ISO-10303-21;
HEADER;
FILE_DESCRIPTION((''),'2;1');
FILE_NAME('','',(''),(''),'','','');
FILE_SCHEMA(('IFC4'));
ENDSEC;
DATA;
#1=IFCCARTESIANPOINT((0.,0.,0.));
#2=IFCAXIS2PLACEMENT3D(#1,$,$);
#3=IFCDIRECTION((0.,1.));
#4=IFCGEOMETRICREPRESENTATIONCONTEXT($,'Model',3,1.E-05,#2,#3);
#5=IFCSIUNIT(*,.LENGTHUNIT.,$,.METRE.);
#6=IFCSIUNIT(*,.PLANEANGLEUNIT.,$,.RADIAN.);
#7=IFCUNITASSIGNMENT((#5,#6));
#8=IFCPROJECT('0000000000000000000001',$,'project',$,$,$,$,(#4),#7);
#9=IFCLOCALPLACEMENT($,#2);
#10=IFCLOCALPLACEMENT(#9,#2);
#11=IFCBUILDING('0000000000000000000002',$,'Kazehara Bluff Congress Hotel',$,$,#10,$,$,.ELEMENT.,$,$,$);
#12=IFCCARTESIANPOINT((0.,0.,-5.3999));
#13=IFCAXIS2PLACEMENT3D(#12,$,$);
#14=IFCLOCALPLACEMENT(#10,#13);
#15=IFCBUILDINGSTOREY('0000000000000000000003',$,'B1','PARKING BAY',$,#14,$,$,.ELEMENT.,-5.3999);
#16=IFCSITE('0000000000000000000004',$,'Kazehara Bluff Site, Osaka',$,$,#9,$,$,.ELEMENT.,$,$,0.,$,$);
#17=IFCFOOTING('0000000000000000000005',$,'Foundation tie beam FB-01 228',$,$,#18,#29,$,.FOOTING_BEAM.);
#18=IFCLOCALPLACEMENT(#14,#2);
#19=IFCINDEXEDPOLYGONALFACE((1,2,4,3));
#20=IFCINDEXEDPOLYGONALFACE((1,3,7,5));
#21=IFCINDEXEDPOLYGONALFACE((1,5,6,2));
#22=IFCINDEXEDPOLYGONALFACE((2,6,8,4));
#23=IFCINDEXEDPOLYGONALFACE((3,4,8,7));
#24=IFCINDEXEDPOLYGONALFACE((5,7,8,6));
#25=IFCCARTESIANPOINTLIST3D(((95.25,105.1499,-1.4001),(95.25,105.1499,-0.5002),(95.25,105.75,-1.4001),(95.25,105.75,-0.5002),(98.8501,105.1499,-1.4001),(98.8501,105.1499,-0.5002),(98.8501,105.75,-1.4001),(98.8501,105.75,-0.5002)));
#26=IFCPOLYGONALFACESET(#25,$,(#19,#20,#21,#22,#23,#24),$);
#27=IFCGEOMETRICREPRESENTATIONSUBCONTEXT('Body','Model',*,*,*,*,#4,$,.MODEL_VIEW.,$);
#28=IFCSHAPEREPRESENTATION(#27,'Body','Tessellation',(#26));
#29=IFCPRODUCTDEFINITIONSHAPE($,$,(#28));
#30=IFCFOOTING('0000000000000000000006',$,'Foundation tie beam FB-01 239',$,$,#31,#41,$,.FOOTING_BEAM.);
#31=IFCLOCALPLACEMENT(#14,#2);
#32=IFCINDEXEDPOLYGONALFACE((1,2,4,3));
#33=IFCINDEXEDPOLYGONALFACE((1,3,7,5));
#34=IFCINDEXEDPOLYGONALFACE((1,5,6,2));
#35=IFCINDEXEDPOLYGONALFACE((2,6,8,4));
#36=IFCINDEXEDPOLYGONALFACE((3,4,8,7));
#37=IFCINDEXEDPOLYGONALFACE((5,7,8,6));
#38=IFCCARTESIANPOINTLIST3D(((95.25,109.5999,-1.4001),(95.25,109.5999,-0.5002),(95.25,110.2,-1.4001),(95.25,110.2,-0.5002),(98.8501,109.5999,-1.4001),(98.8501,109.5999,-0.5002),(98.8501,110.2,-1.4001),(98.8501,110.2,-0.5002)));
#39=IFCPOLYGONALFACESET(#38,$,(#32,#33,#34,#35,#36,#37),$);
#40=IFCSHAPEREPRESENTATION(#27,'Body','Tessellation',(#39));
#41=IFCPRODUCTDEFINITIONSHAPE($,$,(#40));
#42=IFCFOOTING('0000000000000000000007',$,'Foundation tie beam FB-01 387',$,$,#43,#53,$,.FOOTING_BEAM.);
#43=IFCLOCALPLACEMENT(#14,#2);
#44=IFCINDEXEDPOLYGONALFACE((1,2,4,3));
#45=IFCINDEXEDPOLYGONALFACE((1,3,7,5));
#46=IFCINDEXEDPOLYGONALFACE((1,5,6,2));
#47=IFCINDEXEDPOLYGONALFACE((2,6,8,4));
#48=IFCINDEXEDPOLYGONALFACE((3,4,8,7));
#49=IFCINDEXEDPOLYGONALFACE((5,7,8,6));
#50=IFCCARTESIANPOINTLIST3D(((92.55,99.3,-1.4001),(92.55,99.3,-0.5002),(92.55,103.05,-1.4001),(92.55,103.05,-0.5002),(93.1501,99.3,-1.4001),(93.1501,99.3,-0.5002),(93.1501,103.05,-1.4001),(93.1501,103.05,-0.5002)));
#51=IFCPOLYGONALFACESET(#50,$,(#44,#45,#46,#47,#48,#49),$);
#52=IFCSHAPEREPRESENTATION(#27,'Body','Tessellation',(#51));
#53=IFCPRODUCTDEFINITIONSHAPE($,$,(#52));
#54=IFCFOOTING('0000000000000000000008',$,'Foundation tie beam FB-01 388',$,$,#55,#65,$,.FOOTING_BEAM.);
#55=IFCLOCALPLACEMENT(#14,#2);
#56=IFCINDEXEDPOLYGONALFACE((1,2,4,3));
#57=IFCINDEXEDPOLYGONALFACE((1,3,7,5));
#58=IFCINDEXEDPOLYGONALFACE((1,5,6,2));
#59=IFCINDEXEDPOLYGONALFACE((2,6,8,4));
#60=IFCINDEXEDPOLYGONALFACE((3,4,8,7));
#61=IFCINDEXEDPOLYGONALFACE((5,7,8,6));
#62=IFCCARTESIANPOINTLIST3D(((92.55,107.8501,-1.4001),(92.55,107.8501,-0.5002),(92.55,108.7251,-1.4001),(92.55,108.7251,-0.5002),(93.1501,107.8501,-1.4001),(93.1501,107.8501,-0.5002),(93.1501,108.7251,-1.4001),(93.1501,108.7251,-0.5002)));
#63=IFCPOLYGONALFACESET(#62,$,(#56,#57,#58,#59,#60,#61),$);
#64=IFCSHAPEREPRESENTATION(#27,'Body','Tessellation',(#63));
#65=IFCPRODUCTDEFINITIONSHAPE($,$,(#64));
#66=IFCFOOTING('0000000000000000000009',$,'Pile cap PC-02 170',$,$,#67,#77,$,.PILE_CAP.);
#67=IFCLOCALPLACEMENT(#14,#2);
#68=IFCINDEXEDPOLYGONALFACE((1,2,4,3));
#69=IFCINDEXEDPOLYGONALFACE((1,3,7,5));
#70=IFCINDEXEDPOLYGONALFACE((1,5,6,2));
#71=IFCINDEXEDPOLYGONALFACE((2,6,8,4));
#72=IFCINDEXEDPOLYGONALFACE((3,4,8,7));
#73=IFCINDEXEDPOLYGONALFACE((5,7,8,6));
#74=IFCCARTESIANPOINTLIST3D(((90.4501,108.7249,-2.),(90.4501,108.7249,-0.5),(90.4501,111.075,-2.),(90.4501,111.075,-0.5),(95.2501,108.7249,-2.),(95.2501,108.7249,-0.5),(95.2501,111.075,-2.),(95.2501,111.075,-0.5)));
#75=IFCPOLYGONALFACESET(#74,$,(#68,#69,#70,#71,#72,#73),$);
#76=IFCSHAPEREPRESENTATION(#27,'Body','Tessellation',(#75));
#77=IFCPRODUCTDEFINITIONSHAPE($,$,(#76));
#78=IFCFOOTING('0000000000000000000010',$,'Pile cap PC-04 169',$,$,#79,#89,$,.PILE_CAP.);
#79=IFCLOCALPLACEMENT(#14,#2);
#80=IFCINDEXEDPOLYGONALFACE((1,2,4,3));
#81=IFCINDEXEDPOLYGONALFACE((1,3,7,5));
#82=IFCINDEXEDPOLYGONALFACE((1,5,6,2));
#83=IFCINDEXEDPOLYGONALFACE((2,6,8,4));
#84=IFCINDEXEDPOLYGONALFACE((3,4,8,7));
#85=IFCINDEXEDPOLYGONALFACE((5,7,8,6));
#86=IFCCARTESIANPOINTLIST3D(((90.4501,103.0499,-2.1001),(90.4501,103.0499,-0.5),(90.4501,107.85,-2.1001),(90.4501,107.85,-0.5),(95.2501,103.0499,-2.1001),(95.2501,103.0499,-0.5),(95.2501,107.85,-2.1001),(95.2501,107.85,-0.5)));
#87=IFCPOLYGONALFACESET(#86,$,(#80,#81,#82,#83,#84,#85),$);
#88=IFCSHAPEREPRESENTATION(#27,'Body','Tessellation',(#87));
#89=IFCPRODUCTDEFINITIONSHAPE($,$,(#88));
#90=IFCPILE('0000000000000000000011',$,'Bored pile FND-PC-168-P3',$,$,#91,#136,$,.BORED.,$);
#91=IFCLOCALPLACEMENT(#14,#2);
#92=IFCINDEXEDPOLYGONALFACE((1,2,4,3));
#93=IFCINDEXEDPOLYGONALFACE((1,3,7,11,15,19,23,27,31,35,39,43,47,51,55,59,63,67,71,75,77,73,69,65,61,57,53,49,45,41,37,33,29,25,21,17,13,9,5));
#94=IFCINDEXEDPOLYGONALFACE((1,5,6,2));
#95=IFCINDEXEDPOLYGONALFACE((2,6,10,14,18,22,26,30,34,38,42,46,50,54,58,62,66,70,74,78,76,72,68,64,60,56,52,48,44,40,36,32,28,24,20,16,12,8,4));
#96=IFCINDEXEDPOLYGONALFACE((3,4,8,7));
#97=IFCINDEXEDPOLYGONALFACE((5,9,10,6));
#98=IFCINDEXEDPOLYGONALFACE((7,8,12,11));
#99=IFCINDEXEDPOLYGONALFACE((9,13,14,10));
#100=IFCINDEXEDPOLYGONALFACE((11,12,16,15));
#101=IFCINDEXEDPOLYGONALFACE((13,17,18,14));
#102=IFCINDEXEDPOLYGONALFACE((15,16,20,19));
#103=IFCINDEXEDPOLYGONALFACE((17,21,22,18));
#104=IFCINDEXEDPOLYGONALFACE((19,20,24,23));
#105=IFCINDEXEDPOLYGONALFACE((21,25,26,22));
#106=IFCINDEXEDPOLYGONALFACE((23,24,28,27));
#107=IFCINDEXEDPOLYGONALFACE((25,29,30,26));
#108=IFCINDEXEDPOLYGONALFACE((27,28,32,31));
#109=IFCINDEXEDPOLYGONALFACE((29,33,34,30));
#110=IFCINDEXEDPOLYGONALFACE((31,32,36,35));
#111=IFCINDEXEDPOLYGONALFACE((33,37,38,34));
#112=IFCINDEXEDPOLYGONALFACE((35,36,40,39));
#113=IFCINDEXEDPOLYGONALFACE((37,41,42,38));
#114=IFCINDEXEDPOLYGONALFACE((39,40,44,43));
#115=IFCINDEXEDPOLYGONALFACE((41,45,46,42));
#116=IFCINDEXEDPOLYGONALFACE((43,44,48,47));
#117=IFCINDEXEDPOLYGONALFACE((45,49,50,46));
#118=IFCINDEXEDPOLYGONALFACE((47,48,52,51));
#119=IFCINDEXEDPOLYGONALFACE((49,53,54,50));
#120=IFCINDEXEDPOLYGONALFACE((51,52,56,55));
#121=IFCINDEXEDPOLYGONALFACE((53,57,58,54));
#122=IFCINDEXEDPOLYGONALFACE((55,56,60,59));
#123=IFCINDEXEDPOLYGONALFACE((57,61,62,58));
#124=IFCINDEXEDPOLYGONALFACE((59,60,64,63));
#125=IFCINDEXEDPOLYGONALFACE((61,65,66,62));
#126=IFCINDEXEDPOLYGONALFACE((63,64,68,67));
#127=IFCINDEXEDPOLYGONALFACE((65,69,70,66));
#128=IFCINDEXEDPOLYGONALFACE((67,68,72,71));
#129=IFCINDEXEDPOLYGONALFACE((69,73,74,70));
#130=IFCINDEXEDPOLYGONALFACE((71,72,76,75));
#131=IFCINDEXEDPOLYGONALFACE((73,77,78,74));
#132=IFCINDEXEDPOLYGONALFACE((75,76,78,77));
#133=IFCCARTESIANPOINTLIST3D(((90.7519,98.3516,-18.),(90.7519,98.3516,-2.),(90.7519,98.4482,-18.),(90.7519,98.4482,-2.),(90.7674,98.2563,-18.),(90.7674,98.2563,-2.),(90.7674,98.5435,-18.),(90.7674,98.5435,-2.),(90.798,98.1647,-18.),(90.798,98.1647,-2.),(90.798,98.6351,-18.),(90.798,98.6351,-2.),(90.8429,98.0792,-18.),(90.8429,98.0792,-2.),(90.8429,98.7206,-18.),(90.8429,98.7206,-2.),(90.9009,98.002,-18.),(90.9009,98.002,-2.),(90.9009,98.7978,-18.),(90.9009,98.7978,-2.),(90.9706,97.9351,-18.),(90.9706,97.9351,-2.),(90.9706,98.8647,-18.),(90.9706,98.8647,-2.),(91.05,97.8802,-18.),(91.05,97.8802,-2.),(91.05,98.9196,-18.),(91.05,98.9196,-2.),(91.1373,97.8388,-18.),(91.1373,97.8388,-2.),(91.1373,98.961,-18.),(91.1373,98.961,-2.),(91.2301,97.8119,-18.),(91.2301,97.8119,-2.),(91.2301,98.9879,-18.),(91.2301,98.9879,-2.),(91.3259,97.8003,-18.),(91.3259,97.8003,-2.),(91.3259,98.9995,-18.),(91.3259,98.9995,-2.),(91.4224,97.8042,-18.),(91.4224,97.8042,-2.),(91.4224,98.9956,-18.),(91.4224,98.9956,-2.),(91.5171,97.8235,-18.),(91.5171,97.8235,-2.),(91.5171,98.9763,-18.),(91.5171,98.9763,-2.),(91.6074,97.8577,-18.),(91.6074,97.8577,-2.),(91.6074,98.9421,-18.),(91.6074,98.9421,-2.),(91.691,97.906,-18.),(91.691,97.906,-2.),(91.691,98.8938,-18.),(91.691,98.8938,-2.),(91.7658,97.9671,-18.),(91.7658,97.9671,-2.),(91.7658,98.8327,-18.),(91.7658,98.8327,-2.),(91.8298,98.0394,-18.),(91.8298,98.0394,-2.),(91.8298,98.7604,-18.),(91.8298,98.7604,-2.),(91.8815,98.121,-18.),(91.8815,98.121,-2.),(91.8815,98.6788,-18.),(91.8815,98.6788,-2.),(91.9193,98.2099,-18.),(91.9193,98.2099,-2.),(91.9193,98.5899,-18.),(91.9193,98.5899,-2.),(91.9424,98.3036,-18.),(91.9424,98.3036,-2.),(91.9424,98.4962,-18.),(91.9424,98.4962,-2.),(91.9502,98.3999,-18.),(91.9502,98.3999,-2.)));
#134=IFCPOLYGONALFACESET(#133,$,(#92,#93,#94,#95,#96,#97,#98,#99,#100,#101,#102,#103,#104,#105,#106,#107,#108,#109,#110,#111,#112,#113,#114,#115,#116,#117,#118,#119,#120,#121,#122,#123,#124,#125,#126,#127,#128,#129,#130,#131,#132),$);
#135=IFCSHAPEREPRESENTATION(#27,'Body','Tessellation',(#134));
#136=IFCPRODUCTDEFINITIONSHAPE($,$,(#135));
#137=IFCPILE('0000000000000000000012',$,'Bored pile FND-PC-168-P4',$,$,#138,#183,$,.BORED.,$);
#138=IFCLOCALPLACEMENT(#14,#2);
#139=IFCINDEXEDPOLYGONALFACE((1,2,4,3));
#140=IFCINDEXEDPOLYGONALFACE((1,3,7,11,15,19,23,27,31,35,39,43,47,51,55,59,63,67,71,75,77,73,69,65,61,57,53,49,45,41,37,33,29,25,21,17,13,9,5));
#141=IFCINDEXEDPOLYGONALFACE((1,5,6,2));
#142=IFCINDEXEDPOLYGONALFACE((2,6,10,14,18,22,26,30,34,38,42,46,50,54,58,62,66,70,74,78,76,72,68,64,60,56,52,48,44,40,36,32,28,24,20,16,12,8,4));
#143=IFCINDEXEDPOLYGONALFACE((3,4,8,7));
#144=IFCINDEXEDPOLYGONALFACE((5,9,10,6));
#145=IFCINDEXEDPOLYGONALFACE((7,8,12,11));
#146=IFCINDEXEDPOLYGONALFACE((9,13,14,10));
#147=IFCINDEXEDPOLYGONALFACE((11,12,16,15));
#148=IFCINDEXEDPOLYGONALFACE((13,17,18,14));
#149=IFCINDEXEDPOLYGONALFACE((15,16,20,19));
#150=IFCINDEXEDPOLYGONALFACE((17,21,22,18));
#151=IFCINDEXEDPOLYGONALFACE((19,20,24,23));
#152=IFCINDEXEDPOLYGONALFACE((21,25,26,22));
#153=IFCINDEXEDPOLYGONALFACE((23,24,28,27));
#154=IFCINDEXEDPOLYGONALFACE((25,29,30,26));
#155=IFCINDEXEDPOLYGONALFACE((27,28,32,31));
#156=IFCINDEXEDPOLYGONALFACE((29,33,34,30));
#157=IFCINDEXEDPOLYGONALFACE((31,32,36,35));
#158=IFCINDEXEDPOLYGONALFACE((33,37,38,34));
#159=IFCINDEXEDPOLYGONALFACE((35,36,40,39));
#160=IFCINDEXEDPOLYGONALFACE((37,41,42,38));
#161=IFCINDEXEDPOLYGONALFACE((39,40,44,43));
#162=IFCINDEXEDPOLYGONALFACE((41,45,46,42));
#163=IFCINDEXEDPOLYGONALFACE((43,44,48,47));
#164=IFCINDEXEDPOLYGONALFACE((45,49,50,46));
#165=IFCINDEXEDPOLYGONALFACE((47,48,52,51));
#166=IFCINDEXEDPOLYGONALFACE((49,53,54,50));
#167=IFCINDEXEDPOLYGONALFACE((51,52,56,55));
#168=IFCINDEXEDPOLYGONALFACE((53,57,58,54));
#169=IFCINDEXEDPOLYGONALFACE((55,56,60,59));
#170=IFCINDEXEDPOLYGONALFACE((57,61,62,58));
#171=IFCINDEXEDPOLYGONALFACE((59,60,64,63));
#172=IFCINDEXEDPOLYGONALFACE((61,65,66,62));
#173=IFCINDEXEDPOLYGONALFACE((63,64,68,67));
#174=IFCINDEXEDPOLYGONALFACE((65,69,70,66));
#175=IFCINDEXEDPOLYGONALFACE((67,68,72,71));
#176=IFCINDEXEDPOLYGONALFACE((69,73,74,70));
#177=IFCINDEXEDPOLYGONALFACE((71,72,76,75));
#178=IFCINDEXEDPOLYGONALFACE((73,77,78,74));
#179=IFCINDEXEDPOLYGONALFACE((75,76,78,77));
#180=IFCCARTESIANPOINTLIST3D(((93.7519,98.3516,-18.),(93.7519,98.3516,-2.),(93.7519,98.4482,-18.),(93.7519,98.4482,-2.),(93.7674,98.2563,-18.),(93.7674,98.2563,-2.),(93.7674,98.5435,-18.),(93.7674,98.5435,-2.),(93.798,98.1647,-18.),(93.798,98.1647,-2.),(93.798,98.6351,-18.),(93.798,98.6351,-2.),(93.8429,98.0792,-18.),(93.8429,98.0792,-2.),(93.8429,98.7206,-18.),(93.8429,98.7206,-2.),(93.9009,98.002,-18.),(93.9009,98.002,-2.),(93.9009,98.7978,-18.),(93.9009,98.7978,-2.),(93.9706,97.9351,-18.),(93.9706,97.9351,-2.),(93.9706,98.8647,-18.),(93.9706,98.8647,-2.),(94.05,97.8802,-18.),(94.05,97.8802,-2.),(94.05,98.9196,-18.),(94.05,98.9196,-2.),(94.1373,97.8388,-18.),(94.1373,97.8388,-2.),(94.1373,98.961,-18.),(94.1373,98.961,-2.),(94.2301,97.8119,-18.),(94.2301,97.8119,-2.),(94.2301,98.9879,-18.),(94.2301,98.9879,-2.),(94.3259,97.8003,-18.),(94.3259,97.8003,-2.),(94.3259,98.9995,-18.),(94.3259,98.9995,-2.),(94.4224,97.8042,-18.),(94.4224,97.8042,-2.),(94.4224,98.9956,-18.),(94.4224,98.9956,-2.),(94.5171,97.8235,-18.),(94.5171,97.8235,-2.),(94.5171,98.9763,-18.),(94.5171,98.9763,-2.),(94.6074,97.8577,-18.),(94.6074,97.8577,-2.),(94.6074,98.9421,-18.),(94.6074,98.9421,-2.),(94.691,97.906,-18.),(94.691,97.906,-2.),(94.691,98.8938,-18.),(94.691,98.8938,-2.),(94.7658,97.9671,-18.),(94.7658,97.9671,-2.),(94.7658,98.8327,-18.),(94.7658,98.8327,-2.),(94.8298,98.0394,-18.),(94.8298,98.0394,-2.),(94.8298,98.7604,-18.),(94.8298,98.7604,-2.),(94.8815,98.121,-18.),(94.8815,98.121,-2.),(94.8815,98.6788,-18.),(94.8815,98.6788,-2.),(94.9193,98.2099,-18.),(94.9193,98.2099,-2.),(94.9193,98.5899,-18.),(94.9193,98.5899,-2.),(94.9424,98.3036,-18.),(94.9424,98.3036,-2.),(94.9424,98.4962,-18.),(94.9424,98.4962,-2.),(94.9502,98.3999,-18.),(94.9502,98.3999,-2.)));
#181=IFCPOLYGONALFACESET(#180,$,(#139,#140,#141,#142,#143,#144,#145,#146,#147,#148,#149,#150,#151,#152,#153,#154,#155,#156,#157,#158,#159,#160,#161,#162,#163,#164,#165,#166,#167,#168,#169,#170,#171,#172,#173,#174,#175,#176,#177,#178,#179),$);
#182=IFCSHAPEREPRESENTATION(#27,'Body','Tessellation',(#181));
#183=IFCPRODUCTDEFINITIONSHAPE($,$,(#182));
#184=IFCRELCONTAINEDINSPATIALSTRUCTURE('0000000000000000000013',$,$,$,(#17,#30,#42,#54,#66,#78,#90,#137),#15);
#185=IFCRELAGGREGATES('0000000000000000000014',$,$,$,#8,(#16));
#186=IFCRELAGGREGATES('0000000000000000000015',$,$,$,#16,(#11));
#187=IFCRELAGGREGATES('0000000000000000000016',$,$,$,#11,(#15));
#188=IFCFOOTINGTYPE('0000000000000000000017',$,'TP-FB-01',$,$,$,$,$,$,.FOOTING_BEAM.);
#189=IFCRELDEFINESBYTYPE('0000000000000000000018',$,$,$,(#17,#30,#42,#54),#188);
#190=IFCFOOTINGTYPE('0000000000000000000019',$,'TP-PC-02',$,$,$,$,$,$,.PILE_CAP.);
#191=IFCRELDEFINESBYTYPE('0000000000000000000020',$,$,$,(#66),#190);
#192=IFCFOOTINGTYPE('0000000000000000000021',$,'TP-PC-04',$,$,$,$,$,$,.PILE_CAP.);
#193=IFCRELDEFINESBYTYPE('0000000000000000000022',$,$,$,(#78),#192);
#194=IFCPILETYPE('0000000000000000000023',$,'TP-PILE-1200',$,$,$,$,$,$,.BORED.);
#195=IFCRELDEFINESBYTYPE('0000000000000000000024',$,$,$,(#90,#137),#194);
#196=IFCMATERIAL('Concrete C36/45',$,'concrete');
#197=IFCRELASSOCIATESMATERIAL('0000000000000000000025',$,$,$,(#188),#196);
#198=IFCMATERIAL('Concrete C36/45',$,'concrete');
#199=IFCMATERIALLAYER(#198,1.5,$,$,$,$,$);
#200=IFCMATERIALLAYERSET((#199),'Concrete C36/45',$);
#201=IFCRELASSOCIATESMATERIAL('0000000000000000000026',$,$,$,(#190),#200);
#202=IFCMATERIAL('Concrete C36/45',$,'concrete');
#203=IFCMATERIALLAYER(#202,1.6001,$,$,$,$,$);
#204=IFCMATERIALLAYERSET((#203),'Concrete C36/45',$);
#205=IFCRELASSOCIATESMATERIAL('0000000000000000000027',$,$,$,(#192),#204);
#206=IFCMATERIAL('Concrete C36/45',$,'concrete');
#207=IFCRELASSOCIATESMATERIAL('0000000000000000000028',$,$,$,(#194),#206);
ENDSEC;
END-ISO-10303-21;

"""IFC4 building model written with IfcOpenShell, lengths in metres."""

from ifc_helpers import new_model, si_unit, direction, frame, origin, origin_2d, place, context, subcontext, project, spatial, rectangle, circle, extrude, material, layer, layer_set, material_profile, profile_set, type_object, element, save


model = new_model("IFC4")

# Units and contexts
model_context = context("Model", 3, precision=1e-05, world=origin(), true_north=direction((0.0, 1.0)))
body_context = subcontext(model_context, "Body", "Model", "MODEL_VIEW")
ifc_project = project(units=[si_unit("LENGTHUNIT", "METRE"), si_unit("PLANEANGLEUNIT", "RADIAN")], contexts=[model_context])

# Site, building, storey
site_placement = place(None, origin())
site = spatial("IfcSite", under=ifc_project, at=site_placement, Name="Kazehara Bluff Site, Osaka", CompositionType="ELEMENT", RefElevation=0.0)
building_placement = place(site_placement, origin())
building = spatial("IfcBuilding", under=site, at=building_placement, Name="Kazehara Bluff Congress Hotel", CompositionType="ELEMENT")
storey_placement = place(building_placement, frame((0.0, 0.0, -5.3999)))
storey = spatial("IfcBuildingStorey", under=building, at=storey_placement, Name="B1", Description="PARKING BAY", CompositionType="ELEMENT", Elevation=-5.3999)

# Footings
ifc_material_1 = material(Name="Concrete C36/45", Category="concrete")
ifc_material_profile_1 = material_profile(ifc_material_1, rectangle(XDim=0.6001, YDim=0.8999, at=origin_2d()))
ifc_profile_set_1 = profile_set([ifc_material_profile_1], Name="Concrete C36/45")
footing_type_1 = type_object("IfcFootingType", Name="TP-FB-01", PredefinedType="FOOTING_BEAM", material=ifc_profile_set_1)
for number, where, z_axis, x_axis, name in (
    (1, (95.25, 105.45, -0.9502), (1.0, 0.0, 0.0), (0.0, 1.0, 0.0), "Foundation tie beam FB-01 228"),
    (2, (95.25, 109.8999, -0.9502), (1.0, 0.0, 0.0), (0.0, 1.0, 0.0), "Foundation tie beam FB-01 239"),
):
    element("IfcFooting", number, at=place(storey_placement, frame(where, z_axis=z_axis, x_axis=x_axis)), inside=storey, type_object=footing_type_1, Name=name, PredefinedType="FOOTING_BEAM", context=body_context, shape_type="SweptSolid", body=[
        extrude(rectangle(XDim=0.6001, YDim=0.8999, at=origin_2d()), origin(), (0.0, 0.0, 1.0), 3.6001),
    ])
footing_1_placement = place(storey_placement, frame((92.8501, 99.3, -0.9502), z_axis=(0.0, 1.0, 0.0), x_axis=(-1.0, 0.0, 0.0)))
element("IfcFooting", 3, at=footing_1_placement, inside=storey, type_object=footing_type_1, Name="Foundation tie beam FB-01 387", PredefinedType="FOOTING_BEAM", context=body_context, shape_type="SweptSolid", body=[
    extrude(rectangle(XDim=0.6001, YDim=0.8999, at=origin_2d()), origin(), (0.0, 0.0, 1.0), 3.75),
])
footing_2_placement = place(storey_placement, frame((92.8501, 107.8501, -0.9502), z_axis=(0.0, 1.0, 0.0), x_axis=(-1.0, 0.0, 0.0)))
element("IfcFooting", 4, at=footing_2_placement, inside=storey, type_object=footing_type_1, Name="Foundation tie beam FB-01 388", PredefinedType="FOOTING_BEAM", context=body_context, shape_type="SweptSolid", body=[
    extrude(rectangle(XDim=0.6001, YDim=0.8999, at=origin_2d()), origin(), (0.0, 0.0, 1.0), 0.875),
])
ifc_material_2 = material(Name="Concrete C36/45", Category="concrete")
ifc_layer_1 = layer(ifc_material_2, 1.5)
ifc_layer_set_1 = layer_set([ifc_layer_1], Name="Concrete C36/45")
footing_type_2 = type_object("IfcFootingType", Name="TP-PC-02", PredefinedType="PILE_CAP", material=ifc_layer_set_1)
footing_3_placement = place(storey_placement, frame((92.8501, 109.8999, -2.0), z_axis=(0.0, 0.0, 1.0), x_axis=(1.0, 0.0, 0.0)))
element("IfcFooting", 5, at=footing_3_placement, inside=storey, type_object=footing_type_2, Name="Pile cap PC-02 170", PredefinedType="PILE_CAP", context=body_context, shape_type="SweptSolid", body=[
    extrude(rectangle(XDim=4.8, YDim=2.3501, at=origin_2d()), origin(), (0.0, 0.0, 1.0), 1.5),
])
ifc_material_3 = material(Name="Concrete C36/45", Category="concrete")
ifc_layer_2 = layer(ifc_material_3, 1.6001)
ifc_layer_set_2 = layer_set([ifc_layer_2], Name="Concrete C36/45")
footing_type_3 = type_object("IfcFootingType", Name="TP-PC-04", PredefinedType="PILE_CAP", material=ifc_layer_set_2)
footing_4_placement = place(storey_placement, frame((92.8501, 105.45, -2.1001), z_axis=(0.0, 0.0, 1.0), x_axis=(1.0, 0.0, 0.0)))
element("IfcFooting", 6, at=footing_4_placement, inside=storey, type_object=footing_type_3, Name="Pile cap PC-04 169", PredefinedType="PILE_CAP", context=body_context, shape_type="SweptSolid", body=[
    extrude(rectangle(XDim=4.8, YDim=4.8, at=origin_2d()), origin(), (0.0, 0.0, 1.0), 1.6001),
])

# Piles
ifc_material_4 = material(Name="Concrete C36/45", Category="concrete")
ifc_material_profile_2 = material_profile(ifc_material_4, circle(Radius=0.6001, at=origin_2d()))
ifc_profile_set_2 = profile_set([ifc_material_profile_2], Name="Concrete C36/45")
pile_type = type_object("IfcPileType", Name="TP-PILE-1200", PredefinedType="BORED", material=ifc_profile_set_2)
for number, where, z_axis, x_axis, name in (
    (7, (91.3501, 98.3999, -2.0), (0.0, 0.0, -1.0), (1.0, 0.0, 0.0), "Bored pile FND-PC-168-P3"),
    (8, (94.3501, 98.3999, -2.0), (0.0, 0.0, -1.0), (1.0, 0.0, 0.0), "Bored pile FND-PC-168-P4"),
):
    element("IfcPile", number, at=place(storey_placement, frame(where, z_axis=z_axis, x_axis=x_axis)), inside=storey, type_object=pile_type, Name=name, PredefinedType="BORED", context=body_context, shape_type="SweptSolid", body=[
        extrude(circle(Radius=0.6001, at=origin_2d()), origin(), (0.0, 0.0, 1.0), 16.0),
    ])

save(model, "model.ifc")
